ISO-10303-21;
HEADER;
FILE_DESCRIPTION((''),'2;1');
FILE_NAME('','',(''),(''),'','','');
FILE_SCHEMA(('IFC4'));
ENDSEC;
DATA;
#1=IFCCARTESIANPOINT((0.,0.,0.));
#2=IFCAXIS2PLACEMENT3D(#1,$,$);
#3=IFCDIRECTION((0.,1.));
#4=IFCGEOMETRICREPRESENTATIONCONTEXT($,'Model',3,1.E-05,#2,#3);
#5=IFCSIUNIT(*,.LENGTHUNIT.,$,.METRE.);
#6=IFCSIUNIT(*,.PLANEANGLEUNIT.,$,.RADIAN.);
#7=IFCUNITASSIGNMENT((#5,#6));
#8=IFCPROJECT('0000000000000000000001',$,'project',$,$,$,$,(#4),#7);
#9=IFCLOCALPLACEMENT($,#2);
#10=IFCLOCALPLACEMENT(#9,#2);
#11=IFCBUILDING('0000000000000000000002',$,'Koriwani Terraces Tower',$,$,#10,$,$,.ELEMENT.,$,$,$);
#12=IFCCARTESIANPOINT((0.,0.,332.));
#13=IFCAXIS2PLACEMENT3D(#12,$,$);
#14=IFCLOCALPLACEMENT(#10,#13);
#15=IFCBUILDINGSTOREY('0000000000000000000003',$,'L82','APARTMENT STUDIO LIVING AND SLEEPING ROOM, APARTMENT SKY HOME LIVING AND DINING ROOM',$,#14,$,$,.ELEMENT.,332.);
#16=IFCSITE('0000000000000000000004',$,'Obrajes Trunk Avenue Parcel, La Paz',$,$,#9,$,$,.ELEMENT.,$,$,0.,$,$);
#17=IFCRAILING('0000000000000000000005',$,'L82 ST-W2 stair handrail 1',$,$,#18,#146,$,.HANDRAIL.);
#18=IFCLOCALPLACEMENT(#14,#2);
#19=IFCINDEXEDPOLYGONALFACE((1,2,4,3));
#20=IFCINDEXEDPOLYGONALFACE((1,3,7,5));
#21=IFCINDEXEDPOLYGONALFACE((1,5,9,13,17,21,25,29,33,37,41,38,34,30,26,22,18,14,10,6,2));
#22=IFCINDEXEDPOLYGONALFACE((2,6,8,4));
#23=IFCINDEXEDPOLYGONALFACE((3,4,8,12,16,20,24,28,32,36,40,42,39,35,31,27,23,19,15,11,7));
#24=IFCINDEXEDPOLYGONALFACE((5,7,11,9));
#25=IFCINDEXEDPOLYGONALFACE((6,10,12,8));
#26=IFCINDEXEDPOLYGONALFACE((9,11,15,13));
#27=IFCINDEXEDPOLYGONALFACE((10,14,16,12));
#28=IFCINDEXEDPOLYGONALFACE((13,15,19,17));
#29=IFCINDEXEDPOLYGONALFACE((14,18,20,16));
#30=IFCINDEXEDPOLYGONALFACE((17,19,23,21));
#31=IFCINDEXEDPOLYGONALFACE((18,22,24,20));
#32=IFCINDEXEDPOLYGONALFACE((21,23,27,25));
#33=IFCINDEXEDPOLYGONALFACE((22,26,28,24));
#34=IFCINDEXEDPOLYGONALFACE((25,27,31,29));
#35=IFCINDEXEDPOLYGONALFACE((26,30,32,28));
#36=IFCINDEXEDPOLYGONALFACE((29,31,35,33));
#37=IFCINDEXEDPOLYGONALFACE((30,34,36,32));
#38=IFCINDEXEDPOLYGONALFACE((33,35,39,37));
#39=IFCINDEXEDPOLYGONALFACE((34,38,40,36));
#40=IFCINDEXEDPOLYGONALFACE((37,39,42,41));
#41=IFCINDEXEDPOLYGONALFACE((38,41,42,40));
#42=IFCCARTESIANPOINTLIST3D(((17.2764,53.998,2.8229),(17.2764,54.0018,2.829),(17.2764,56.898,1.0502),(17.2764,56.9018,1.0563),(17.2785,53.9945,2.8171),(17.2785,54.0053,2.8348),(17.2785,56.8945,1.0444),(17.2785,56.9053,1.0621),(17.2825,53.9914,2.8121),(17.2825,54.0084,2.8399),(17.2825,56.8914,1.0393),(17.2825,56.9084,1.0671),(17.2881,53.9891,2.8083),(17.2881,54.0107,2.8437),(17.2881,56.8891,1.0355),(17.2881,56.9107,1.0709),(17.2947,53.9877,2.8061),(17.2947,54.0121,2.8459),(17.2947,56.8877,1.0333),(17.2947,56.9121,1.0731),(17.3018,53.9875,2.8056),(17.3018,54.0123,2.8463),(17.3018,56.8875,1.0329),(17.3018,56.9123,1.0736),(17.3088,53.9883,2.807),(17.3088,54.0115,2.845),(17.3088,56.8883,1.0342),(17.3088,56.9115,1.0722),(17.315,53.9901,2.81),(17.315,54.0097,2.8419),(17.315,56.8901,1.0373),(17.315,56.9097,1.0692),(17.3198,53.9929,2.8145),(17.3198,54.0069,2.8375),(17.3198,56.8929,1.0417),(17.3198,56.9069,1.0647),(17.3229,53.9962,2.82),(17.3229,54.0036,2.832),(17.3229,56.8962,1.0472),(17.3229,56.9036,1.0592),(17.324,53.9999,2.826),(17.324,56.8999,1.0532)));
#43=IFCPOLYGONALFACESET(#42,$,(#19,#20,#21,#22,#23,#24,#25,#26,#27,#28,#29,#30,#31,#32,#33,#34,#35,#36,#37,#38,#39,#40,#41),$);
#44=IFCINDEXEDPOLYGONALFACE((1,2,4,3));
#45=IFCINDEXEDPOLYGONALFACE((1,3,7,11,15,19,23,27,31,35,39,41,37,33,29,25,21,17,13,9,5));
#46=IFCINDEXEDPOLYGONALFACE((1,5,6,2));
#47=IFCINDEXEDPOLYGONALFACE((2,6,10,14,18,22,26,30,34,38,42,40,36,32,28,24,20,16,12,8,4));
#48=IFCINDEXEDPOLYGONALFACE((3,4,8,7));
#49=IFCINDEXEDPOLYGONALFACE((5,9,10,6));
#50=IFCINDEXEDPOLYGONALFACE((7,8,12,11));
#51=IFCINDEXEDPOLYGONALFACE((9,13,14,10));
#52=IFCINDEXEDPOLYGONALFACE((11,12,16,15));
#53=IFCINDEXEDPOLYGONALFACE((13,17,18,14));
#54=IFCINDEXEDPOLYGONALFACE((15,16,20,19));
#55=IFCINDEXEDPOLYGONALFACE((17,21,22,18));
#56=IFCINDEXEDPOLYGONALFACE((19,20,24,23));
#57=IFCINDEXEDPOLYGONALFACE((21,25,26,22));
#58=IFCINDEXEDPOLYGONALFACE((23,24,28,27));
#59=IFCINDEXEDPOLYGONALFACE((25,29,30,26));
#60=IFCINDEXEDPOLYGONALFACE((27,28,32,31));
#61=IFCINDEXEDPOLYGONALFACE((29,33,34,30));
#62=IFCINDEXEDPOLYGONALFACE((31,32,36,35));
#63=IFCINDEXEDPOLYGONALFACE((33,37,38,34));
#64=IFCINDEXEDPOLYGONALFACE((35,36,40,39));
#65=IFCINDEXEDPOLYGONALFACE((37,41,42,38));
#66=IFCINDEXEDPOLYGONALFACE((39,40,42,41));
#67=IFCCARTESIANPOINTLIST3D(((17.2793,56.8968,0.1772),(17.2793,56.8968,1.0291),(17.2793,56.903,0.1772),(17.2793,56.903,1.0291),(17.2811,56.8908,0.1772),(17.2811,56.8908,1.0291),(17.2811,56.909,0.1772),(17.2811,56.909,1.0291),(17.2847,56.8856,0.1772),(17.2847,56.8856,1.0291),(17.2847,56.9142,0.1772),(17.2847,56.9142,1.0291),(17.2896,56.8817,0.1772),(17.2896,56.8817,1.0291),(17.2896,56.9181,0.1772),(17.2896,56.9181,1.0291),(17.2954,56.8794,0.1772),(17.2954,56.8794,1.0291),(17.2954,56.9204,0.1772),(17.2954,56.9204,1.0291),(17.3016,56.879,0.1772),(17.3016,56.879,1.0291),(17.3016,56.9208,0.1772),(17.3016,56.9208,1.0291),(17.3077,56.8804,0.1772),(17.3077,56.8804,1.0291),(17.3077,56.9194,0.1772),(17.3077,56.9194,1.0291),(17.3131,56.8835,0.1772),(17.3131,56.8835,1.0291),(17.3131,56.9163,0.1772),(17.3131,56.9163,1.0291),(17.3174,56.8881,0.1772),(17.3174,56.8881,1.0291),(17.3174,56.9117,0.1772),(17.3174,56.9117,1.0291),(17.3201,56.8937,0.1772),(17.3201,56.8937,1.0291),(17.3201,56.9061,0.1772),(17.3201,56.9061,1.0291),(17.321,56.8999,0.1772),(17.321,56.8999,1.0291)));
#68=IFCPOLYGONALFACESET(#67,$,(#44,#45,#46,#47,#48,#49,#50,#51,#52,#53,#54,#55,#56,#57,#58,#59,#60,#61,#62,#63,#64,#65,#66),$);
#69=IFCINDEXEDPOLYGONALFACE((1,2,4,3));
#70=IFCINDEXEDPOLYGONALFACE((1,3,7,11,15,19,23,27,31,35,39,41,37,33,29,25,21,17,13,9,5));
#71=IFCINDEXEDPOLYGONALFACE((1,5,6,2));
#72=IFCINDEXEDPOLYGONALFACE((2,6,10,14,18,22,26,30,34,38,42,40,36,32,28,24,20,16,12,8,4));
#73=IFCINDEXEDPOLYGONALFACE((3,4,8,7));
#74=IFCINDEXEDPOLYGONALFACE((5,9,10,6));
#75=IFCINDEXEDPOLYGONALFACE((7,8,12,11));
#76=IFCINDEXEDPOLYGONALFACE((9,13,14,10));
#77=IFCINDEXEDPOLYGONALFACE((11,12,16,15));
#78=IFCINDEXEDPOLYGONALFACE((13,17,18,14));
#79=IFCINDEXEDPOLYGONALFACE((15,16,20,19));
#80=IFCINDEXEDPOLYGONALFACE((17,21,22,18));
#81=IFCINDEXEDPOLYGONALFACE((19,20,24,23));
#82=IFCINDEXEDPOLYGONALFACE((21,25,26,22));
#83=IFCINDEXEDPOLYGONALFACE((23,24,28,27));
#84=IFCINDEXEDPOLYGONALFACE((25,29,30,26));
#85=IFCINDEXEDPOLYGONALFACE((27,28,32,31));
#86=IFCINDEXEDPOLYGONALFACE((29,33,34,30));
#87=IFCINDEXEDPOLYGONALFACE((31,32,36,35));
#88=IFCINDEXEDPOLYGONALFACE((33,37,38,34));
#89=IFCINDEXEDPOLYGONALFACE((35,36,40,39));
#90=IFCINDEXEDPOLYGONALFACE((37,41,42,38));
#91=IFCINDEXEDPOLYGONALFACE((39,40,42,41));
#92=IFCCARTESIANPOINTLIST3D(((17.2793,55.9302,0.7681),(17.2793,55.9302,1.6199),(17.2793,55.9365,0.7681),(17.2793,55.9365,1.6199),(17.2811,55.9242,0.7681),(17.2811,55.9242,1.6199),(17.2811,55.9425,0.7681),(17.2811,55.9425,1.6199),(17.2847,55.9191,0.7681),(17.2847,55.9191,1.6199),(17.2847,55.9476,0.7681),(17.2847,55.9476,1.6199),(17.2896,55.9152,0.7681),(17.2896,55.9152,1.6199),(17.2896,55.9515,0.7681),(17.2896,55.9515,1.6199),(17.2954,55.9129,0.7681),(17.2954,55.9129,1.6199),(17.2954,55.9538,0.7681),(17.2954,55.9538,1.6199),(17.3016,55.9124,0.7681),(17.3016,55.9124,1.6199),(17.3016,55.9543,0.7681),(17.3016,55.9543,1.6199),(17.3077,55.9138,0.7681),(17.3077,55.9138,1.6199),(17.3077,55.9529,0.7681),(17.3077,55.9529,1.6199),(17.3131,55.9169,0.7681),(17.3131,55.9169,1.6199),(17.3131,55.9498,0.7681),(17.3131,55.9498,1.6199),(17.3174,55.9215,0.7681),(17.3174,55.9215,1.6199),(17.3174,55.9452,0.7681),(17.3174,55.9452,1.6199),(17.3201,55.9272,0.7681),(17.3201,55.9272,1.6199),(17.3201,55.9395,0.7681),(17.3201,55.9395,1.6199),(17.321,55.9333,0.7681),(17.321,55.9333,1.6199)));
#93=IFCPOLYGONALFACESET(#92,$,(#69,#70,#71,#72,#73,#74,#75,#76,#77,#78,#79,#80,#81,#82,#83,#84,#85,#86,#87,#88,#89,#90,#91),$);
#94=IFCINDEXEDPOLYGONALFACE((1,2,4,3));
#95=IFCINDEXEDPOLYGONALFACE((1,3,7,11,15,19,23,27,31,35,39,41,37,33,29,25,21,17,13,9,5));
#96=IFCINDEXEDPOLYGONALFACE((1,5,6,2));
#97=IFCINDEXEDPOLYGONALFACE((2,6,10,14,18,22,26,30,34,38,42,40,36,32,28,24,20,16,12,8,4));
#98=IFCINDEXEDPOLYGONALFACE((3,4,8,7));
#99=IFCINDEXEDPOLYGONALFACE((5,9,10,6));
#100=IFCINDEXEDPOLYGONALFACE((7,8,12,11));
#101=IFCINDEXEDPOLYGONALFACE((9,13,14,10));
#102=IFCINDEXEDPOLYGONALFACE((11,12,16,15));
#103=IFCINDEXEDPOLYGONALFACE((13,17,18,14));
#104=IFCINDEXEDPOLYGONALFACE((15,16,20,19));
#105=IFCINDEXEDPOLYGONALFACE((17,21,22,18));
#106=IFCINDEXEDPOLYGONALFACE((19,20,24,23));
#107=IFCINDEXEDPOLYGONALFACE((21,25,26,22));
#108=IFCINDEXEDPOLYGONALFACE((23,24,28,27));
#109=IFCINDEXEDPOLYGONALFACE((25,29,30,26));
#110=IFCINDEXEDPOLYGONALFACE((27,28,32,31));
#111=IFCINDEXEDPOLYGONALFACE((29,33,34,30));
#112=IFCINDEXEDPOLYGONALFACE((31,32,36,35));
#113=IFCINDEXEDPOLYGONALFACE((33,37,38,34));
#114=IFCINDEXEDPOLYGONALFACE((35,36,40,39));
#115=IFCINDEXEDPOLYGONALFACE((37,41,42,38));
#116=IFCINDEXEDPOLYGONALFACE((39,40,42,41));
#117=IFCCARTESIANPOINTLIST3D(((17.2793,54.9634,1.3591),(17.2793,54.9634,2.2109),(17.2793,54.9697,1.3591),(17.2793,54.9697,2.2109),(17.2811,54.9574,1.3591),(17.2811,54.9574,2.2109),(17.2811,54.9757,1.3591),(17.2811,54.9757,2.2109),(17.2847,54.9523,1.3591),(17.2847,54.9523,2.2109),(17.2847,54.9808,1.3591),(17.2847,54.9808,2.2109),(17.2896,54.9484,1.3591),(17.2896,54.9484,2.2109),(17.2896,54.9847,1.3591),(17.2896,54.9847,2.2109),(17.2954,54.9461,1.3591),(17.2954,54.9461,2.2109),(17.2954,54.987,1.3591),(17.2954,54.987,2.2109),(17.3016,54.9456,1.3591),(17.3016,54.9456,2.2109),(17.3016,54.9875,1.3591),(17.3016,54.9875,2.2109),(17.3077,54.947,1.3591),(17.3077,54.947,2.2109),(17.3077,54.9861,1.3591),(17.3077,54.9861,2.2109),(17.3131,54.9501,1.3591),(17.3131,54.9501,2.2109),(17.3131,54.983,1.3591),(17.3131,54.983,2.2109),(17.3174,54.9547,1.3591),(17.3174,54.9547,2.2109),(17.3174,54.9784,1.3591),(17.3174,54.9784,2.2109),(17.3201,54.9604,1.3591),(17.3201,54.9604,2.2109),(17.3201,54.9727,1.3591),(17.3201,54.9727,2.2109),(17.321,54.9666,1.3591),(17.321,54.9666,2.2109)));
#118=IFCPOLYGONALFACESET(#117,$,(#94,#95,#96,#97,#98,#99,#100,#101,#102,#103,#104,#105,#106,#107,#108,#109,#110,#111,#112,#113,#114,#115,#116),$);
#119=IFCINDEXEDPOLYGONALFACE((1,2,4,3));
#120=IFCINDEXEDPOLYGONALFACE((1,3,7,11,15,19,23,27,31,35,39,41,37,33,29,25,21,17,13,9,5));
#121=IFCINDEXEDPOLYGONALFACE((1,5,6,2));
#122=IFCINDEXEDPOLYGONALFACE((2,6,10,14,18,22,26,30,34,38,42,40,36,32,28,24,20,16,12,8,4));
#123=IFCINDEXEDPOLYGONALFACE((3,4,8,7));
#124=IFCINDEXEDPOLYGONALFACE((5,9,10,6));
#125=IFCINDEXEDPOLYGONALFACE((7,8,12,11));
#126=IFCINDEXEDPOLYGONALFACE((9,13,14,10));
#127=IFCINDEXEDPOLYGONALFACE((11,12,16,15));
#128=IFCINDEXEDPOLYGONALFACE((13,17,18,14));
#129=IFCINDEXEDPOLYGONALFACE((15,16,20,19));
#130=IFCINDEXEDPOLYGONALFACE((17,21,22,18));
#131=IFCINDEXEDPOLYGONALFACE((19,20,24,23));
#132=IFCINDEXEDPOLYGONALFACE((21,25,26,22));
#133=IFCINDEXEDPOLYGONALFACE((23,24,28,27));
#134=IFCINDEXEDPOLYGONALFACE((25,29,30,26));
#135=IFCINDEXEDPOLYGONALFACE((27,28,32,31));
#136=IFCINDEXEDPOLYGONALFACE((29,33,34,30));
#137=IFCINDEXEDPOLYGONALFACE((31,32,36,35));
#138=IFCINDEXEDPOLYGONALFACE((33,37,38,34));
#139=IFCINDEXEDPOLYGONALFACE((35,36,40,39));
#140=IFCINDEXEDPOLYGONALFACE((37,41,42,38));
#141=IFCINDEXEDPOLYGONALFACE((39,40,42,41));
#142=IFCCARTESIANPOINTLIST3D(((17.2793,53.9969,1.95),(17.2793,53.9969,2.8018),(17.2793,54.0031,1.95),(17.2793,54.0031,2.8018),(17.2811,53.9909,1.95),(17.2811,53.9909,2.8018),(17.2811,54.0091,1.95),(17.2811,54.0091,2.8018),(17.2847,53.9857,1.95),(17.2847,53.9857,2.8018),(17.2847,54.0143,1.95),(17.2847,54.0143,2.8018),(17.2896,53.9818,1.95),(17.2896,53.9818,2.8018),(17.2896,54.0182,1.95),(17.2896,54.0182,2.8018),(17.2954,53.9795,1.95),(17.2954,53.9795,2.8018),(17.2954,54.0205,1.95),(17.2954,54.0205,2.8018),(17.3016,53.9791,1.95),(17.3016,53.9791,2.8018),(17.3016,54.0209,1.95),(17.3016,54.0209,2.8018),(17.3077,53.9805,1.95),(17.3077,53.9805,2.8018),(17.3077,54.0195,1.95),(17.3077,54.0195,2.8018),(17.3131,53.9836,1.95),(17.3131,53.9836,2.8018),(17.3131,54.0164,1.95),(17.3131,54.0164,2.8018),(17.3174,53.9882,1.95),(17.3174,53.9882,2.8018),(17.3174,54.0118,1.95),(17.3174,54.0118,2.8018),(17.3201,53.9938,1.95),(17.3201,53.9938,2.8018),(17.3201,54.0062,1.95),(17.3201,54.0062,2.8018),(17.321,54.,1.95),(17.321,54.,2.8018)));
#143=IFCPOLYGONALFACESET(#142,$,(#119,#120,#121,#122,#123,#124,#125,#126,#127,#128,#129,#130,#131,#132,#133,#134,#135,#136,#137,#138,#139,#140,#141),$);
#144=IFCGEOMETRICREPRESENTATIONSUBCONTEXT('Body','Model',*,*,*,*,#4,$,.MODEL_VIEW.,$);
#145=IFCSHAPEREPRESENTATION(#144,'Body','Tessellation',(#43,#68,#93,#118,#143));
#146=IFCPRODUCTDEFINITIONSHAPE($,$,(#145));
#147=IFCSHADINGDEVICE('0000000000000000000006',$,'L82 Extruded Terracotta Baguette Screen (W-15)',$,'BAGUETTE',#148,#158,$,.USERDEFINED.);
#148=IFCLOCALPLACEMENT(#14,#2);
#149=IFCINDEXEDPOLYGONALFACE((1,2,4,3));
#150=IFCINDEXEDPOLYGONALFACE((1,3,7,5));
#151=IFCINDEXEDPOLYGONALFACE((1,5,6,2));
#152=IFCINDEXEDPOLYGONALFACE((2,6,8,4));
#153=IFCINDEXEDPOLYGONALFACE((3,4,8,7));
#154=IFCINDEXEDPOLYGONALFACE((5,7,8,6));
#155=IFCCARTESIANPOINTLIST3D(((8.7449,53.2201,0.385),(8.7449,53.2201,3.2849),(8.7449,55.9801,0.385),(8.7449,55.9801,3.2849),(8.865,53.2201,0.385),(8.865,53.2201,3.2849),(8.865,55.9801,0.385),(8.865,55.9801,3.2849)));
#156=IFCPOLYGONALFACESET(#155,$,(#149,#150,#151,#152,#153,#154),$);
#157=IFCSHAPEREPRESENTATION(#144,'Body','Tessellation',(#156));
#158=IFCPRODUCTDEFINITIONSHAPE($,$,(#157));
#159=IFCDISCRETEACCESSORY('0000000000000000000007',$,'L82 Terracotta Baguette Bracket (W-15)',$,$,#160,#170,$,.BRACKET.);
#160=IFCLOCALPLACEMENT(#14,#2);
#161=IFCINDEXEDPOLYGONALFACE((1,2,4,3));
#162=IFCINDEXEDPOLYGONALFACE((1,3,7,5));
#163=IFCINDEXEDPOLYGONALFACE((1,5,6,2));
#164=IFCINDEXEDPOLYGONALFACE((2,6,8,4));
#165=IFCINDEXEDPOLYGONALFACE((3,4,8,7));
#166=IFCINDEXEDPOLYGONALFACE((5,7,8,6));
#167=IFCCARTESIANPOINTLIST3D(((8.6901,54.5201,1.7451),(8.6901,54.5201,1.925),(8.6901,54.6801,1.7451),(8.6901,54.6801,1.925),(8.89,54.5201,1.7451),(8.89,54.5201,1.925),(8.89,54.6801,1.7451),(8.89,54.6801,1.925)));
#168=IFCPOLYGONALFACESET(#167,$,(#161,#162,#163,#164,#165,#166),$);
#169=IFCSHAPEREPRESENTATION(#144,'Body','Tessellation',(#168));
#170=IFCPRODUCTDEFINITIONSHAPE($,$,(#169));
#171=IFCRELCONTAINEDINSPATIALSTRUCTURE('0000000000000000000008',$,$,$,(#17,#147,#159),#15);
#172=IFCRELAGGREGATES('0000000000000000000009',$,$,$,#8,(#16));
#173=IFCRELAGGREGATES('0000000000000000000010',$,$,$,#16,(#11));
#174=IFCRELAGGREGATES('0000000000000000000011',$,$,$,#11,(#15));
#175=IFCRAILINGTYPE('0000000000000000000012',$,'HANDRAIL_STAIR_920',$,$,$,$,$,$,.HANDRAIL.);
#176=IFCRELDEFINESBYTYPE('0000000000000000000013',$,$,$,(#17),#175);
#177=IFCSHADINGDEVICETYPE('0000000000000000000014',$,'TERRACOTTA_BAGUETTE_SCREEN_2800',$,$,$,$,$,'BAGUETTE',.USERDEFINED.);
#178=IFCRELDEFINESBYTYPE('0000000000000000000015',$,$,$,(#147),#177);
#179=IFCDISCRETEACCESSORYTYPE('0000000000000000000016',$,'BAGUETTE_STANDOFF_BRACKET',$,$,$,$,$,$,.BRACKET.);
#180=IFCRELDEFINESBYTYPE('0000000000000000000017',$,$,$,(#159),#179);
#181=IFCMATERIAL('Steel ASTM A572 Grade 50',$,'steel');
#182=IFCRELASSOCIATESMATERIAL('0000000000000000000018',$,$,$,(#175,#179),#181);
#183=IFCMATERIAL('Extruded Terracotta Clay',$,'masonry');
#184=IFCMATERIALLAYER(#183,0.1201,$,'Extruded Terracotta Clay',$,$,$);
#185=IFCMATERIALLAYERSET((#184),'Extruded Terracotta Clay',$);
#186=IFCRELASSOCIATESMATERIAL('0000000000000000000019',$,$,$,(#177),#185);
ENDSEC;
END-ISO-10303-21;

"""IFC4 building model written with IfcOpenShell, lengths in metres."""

from ifc_helpers import new_model, si_unit, direction, frame, origin, origin_2d, place, context, subcontext, project, spatial, rectangle, circle, extrude, material, layer, layer_set, type_object, element, save


model = new_model("IFC4")

# Units and contexts
model_context = context("Model", 3, precision=1e-05, world=origin(), true_north=direction((0.0, 1.0)))
body_context = subcontext(model_context, "Body", "Model", "MODEL_VIEW")
ifc_project = project(units=[si_unit("LENGTHUNIT", "METRE"), si_unit("PLANEANGLEUNIT", "RADIAN")], contexts=[model_context])

# Site, building, storey
site_placement = place(None, origin())
site = spatial("IfcSite", under=ifc_project, at=site_placement, Name="Obrajes Trunk Avenue Parcel, La Paz", CompositionType="ELEMENT", RefElevation=0.0)
building_placement = place(site_placement, origin())
building = spatial("IfcBuilding", under=site, at=building_placement, Name="Koriwani Terraces Tower", CompositionType="ELEMENT")
storey_placement = place(building_placement, frame((0.0, 0.0, 332.0)))
storey = spatial("IfcBuildingStorey", under=building, at=storey_placement, Name="L82", Description="APARTMENT STUDIO LIVING AND SLEEPING ROOM, APARTMENT SKY HOME LIVING AND DINING ROOM", CompositionType="ELEMENT", Elevation=332.0)

# Shared definitions
ifc_material_1 = material(Name="Steel ASTM A572 Grade 50", Category="steel")

# Railing
railing_type_1 = type_object("IfcRailingType", Name="HANDRAIL_STAIR_920", PredefinedType="HANDRAIL", material=ifc_material_1)
railing_1_placement = place(storey_placement, frame((17.3, 56.8999, 0.1772)))
element("IfcRailing", 1, at=railing_1_placement, inside=storey, type_object=railing_type_1, Name="L82 ST-W2 stair handrail 1", PredefinedType="HANDRAIL", context=body_context, shape_type="SweptSolid", body=[
    extrude(circle(Radius=0.0239, at=origin_2d()), frame((0.0, 0.0, 0.876), z_axis=(0.0, -0.853211, 0.521566), x_axis=(1.0, 0.0, 0.0)), (0.0, 0.0, 1.0), 3.3989),
    extrude(circle(Radius=0.021, at=origin_2d()), origin(), (0.0, 0.0, 1.0), 0.8518),
    extrude(circle(Radius=0.021, at=origin_2d()), frame((0.0, -0.9666, 0.5908)), (0.0, 0.0, 1.0), 0.8518),
    extrude(circle(Radius=0.021, at=origin_2d()), frame((0.0, -1.9333, 1.1819)), (0.0, 0.0, 1.0), 0.8518),
    extrude(circle(Radius=0.021, at=origin_2d()), frame((0.0, -2.8999, 1.7727)), (0.0, 0.0, 1.0), 0.8518),
])

# Shading device
ifc_material_2 = material(Name="Extruded Terracotta Clay", Category="masonry")
ifc_layer_1 = layer(ifc_material_2, 0.1201, Name="Extruded Terracotta Clay")
ifc_layer_set_1 = layer_set([ifc_layer_1], Name="Extruded Terracotta Clay")
shading_device_type = type_object("IfcShadingDeviceType", Name="TERRACOTTA_BAGUETTE_SCREEN_2800", ElementType="BAGUETTE", PredefinedType="USERDEFINED", material=ifc_layer_set_1)
shading_device_placement = place(storey_placement, frame((8.8049, 54.6001, 0.385), z_axis=(0.0, 0.0, 1.0), x_axis=(0.0, 1.0, 0.0)))
element("IfcShadingDevice", 2, at=shading_device_placement, inside=storey, type_object=shading_device_type, Name="L82 Extruded Terracotta Baguette Screen (W-15)", ObjectType="BAGUETTE", PredefinedType="USERDEFINED", context=body_context, shape_type="SweptSolid", body=[
    extrude(rectangle(XDim=2.76, YDim=0.1201, at=origin_2d()), origin(), (0.0, 0.0, 1.0), 2.8999),
])

# Discrete accessory
discrete_accessory_type = type_object("IfcDiscreteAccessoryType", Name="BAGUETTE_STANDOFF_BRACKET", PredefinedType="BRACKET", material=ifc_material_1)
discrete_accessory_placement = place(storey_placement, frame((8.79, 54.6001, 1.7451), z_axis=(0.0, 0.0, 1.0), x_axis=(0.0, 1.0, 0.0)))
element("IfcDiscreteAccessory", 3, at=discrete_accessory_placement, inside=storey, type_object=discrete_accessory_type, Name="L82 Terracotta Baguette Bracket (W-15)", PredefinedType="BRACKET", context=body_context, shape_type="SweptSolid", body=[
    extrude(rectangle(XDim=0.1599, YDim=0.2, at=origin_2d()), origin(), (0.0, 0.0, 1.0), 0.1799),
])

save(model, "model.ifc")
